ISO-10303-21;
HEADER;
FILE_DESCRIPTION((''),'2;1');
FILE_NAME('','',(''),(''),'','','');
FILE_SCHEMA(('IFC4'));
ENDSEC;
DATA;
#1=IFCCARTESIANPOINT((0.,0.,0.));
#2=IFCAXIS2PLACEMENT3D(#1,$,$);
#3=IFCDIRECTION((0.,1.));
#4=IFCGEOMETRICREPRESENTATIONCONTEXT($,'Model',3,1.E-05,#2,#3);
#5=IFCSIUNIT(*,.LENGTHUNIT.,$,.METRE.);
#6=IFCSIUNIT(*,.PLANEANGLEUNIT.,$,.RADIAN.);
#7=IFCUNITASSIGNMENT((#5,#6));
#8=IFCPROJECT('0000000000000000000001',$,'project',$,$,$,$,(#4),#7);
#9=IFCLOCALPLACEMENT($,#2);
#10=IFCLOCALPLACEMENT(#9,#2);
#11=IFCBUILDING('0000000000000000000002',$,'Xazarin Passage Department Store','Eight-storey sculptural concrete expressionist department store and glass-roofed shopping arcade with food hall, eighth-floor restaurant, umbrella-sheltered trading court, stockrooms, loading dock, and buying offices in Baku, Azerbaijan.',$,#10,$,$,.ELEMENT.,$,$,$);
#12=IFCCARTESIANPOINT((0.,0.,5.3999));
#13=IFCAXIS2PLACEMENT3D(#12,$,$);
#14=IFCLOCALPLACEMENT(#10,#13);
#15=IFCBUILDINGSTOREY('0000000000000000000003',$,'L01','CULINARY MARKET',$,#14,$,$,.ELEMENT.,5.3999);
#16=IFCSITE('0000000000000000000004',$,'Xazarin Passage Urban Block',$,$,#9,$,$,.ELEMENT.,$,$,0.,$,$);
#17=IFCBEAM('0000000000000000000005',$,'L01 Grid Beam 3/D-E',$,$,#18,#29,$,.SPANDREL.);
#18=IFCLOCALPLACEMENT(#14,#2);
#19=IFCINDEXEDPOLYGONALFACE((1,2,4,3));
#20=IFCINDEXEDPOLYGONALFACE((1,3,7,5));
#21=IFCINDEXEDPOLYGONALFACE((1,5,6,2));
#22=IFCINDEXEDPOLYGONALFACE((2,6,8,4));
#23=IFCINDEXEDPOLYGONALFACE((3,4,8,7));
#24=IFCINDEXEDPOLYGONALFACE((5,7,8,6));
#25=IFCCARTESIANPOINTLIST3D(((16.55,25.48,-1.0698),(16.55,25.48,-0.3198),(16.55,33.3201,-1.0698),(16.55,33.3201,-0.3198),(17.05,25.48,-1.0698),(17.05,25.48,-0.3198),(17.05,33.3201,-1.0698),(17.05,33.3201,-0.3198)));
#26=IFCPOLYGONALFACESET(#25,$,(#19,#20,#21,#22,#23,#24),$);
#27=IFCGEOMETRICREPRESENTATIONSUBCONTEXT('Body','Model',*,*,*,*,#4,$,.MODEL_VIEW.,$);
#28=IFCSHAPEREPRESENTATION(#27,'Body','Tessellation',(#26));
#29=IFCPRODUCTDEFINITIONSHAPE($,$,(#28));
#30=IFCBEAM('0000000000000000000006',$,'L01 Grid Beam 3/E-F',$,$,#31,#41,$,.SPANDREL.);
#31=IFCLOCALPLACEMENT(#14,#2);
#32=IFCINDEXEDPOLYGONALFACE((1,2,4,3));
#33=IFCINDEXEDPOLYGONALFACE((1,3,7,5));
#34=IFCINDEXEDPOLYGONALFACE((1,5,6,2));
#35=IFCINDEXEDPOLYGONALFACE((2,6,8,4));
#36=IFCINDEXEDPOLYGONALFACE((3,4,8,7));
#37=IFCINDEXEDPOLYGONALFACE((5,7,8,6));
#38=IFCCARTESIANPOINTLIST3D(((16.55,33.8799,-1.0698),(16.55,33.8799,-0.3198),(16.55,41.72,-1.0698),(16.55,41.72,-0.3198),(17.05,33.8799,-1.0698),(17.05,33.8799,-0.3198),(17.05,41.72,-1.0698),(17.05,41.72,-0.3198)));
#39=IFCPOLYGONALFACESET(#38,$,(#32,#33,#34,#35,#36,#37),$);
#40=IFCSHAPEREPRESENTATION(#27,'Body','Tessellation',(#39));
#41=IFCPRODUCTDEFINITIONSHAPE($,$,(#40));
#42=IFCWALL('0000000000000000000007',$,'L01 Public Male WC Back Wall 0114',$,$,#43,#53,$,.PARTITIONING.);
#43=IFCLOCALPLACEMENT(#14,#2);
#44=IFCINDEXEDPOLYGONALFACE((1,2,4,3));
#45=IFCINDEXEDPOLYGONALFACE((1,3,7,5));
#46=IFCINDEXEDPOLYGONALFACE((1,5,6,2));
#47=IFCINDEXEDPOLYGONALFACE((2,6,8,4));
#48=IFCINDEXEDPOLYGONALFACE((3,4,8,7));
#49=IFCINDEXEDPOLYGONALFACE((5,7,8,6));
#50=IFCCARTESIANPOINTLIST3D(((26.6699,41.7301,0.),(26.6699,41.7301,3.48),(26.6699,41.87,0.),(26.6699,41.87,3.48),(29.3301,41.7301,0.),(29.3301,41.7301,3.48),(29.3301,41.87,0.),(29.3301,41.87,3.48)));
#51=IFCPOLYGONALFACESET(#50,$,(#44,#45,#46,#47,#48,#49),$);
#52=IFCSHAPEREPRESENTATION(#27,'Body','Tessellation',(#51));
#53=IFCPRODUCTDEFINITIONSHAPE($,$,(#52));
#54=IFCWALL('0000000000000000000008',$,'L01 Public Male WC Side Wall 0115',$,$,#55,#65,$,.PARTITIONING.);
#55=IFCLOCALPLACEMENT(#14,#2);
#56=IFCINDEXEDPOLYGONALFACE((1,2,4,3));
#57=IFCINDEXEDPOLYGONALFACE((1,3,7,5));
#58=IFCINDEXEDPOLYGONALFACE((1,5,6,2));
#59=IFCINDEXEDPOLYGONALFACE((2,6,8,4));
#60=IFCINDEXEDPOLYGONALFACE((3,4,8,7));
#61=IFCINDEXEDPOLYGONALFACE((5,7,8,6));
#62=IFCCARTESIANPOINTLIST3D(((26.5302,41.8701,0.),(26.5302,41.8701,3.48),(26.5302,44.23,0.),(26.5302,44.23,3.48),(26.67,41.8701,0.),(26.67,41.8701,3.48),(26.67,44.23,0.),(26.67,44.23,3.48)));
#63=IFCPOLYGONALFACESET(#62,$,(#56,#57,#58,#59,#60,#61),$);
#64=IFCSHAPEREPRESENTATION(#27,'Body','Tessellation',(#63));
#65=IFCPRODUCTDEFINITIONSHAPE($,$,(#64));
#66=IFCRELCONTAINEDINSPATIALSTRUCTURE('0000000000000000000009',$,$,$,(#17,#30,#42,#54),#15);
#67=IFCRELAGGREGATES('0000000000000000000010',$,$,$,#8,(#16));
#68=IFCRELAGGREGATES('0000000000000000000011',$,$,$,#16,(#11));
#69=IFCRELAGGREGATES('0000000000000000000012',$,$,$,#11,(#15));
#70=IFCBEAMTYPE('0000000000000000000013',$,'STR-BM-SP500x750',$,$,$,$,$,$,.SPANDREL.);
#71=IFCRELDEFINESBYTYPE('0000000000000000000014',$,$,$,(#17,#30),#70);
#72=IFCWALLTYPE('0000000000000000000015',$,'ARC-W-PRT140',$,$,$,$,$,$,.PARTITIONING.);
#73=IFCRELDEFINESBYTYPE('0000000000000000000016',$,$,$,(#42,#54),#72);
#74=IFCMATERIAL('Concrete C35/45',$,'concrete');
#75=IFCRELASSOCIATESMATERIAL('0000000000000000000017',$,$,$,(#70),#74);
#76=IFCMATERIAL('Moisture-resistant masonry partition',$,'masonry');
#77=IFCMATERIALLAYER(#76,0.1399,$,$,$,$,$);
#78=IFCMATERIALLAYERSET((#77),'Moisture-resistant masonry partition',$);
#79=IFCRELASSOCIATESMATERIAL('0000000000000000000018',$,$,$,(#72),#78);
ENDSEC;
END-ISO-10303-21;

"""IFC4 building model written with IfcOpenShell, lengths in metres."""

from ifc_helpers import new_model, si_unit, direction, frame, frame_2d, origin, origin_2d, place, context, subcontext, project, spatial, rectangle, extrude, material, layer, layer_set, material_profile, profile_set, type_object, element, save


model = new_model("IFC4")

# Units and contexts
model_context = context("Model", 3, precision=1e-05, world=origin(), true_north=direction((0.0, 1.0)))
body_context = subcontext(model_context, "Body", "Model", "MODEL_VIEW")
ifc_project = project(units=[si_unit("LENGTHUNIT", "METRE"), si_unit("PLANEANGLEUNIT", "RADIAN")], contexts=[model_context])

# Site, building, storey
site_placement = place(None, origin())
site = spatial("IfcSite", under=ifc_project, at=site_placement, Name="Xazarin Passage Urban Block", CompositionType="ELEMENT", RefElevation=0.0)
building_placement = place(site_placement, origin())
building = spatial("IfcBuilding", under=site, at=building_placement, Name="Xazarin Passage Department Store", Description="Eight-storey sculptural concrete expressionist department store and glass-roofed shopping arcade with food hall, eighth-floor restaurant, umbrella-sheltered trading court, stockrooms, loading dock, and buying offices in Baku, Azerbaijan.", CompositionType="ELEMENT")
storey_placement = place(building_placement, frame((0.0, 0.0, 5.3999)))
storey = spatial("IfcBuildingStorey", under=building, at=storey_placement, Name="L01", Description="CULINARY MARKET", CompositionType="ELEMENT", Elevation=5.3999)

# Beams
ifc_material_1 = material(Name="Concrete C35/45", Category="concrete")
ifc_material_profile_1 = material_profile(ifc_material_1, rectangle(XDim=0.5, YDim=0.75, at=origin_2d()), Name="RC 500x750")
ifc_profile_set_1 = profile_set([ifc_material_profile_1], Name="Concrete C35/45")
beam_type_1 = type_object("IfcBeamType", Name="STR-BM-SP500x750", PredefinedType="SPANDREL", material=ifc_profile_set_1)
for number, where, z_axis, x_axis, name in (
    (1, (16.8, 25.48, -0.6948), (0.0, 1.0, 0.0), (-1.0, 0.0, 0.0), "L01 Grid Beam 3/D-E"),
    (2, (16.8, 33.8799, -0.6948), (0.0, 1.0, 0.0), (-1.0, 0.0, 0.0), "L01 Grid Beam 3/E-F"),
):
    element("IfcBeam", number, at=place(storey_placement, frame(where, z_axis=z_axis, x_axis=x_axis)), inside=storey, type_object=beam_type_1, Name=name, PredefinedType="SPANDREL", context=body_context, shape_type="SweptSolid", body=[
        extrude(rectangle(XDim=0.5, YDim=0.75, at=origin_2d()), origin(), (0.0, 0.0, 1.0), 7.8401),
    ])

# Walls
ifc_material_2 = material(Name="Moisture-resistant masonry partition", Category="masonry")
ifc_layer = layer(ifc_material_2, 0.1399)
ifc_layer_set = layer_set([ifc_layer], Name="Moisture-resistant masonry partition")
wall_type = type_object("IfcWallType", Name="ARC-W-PRT140", PredefinedType="PARTITIONING", material=ifc_layer_set)
wall_1_placement = place(storey_placement, frame((26.6699, 41.8, 0.0), z_axis=(0.0, 0.0, 1.0), x_axis=(1.0, 0.0, 0.0)))
element("IfcWall", 3, at=wall_1_placement, inside=storey, type_object=wall_type, Name="L01 Public Male WC Back Wall 0114", PredefinedType="PARTITIONING", context=body_context, shape_type="SweptSolid", body=[
    extrude(rectangle(XDim=2.6602, YDim=0.1399, at=frame_2d((1.3301, 0.0))), origin(), (0.0, 0.0, 1.0), 3.48),
])
wall_2_placement = place(storey_placement, frame((26.6001, 41.8701, 0.0), z_axis=(0.0, 0.0, 1.0), x_axis=(0.0, 1.0, 0.0)))
element("IfcWall", 4, at=wall_2_placement, inside=storey, type_object=wall_type, Name="L01 Public Male WC Side Wall 0115", PredefinedType="PARTITIONING", context=body_context, shape_type="SweptSolid", body=[
    extrude(rectangle(XDim=2.3599, YDim=0.1399, at=frame_2d((1.1799, 0.0))), origin(), (0.0, 0.0, 1.0), 3.48),
])

save(model, "model.ifc")
